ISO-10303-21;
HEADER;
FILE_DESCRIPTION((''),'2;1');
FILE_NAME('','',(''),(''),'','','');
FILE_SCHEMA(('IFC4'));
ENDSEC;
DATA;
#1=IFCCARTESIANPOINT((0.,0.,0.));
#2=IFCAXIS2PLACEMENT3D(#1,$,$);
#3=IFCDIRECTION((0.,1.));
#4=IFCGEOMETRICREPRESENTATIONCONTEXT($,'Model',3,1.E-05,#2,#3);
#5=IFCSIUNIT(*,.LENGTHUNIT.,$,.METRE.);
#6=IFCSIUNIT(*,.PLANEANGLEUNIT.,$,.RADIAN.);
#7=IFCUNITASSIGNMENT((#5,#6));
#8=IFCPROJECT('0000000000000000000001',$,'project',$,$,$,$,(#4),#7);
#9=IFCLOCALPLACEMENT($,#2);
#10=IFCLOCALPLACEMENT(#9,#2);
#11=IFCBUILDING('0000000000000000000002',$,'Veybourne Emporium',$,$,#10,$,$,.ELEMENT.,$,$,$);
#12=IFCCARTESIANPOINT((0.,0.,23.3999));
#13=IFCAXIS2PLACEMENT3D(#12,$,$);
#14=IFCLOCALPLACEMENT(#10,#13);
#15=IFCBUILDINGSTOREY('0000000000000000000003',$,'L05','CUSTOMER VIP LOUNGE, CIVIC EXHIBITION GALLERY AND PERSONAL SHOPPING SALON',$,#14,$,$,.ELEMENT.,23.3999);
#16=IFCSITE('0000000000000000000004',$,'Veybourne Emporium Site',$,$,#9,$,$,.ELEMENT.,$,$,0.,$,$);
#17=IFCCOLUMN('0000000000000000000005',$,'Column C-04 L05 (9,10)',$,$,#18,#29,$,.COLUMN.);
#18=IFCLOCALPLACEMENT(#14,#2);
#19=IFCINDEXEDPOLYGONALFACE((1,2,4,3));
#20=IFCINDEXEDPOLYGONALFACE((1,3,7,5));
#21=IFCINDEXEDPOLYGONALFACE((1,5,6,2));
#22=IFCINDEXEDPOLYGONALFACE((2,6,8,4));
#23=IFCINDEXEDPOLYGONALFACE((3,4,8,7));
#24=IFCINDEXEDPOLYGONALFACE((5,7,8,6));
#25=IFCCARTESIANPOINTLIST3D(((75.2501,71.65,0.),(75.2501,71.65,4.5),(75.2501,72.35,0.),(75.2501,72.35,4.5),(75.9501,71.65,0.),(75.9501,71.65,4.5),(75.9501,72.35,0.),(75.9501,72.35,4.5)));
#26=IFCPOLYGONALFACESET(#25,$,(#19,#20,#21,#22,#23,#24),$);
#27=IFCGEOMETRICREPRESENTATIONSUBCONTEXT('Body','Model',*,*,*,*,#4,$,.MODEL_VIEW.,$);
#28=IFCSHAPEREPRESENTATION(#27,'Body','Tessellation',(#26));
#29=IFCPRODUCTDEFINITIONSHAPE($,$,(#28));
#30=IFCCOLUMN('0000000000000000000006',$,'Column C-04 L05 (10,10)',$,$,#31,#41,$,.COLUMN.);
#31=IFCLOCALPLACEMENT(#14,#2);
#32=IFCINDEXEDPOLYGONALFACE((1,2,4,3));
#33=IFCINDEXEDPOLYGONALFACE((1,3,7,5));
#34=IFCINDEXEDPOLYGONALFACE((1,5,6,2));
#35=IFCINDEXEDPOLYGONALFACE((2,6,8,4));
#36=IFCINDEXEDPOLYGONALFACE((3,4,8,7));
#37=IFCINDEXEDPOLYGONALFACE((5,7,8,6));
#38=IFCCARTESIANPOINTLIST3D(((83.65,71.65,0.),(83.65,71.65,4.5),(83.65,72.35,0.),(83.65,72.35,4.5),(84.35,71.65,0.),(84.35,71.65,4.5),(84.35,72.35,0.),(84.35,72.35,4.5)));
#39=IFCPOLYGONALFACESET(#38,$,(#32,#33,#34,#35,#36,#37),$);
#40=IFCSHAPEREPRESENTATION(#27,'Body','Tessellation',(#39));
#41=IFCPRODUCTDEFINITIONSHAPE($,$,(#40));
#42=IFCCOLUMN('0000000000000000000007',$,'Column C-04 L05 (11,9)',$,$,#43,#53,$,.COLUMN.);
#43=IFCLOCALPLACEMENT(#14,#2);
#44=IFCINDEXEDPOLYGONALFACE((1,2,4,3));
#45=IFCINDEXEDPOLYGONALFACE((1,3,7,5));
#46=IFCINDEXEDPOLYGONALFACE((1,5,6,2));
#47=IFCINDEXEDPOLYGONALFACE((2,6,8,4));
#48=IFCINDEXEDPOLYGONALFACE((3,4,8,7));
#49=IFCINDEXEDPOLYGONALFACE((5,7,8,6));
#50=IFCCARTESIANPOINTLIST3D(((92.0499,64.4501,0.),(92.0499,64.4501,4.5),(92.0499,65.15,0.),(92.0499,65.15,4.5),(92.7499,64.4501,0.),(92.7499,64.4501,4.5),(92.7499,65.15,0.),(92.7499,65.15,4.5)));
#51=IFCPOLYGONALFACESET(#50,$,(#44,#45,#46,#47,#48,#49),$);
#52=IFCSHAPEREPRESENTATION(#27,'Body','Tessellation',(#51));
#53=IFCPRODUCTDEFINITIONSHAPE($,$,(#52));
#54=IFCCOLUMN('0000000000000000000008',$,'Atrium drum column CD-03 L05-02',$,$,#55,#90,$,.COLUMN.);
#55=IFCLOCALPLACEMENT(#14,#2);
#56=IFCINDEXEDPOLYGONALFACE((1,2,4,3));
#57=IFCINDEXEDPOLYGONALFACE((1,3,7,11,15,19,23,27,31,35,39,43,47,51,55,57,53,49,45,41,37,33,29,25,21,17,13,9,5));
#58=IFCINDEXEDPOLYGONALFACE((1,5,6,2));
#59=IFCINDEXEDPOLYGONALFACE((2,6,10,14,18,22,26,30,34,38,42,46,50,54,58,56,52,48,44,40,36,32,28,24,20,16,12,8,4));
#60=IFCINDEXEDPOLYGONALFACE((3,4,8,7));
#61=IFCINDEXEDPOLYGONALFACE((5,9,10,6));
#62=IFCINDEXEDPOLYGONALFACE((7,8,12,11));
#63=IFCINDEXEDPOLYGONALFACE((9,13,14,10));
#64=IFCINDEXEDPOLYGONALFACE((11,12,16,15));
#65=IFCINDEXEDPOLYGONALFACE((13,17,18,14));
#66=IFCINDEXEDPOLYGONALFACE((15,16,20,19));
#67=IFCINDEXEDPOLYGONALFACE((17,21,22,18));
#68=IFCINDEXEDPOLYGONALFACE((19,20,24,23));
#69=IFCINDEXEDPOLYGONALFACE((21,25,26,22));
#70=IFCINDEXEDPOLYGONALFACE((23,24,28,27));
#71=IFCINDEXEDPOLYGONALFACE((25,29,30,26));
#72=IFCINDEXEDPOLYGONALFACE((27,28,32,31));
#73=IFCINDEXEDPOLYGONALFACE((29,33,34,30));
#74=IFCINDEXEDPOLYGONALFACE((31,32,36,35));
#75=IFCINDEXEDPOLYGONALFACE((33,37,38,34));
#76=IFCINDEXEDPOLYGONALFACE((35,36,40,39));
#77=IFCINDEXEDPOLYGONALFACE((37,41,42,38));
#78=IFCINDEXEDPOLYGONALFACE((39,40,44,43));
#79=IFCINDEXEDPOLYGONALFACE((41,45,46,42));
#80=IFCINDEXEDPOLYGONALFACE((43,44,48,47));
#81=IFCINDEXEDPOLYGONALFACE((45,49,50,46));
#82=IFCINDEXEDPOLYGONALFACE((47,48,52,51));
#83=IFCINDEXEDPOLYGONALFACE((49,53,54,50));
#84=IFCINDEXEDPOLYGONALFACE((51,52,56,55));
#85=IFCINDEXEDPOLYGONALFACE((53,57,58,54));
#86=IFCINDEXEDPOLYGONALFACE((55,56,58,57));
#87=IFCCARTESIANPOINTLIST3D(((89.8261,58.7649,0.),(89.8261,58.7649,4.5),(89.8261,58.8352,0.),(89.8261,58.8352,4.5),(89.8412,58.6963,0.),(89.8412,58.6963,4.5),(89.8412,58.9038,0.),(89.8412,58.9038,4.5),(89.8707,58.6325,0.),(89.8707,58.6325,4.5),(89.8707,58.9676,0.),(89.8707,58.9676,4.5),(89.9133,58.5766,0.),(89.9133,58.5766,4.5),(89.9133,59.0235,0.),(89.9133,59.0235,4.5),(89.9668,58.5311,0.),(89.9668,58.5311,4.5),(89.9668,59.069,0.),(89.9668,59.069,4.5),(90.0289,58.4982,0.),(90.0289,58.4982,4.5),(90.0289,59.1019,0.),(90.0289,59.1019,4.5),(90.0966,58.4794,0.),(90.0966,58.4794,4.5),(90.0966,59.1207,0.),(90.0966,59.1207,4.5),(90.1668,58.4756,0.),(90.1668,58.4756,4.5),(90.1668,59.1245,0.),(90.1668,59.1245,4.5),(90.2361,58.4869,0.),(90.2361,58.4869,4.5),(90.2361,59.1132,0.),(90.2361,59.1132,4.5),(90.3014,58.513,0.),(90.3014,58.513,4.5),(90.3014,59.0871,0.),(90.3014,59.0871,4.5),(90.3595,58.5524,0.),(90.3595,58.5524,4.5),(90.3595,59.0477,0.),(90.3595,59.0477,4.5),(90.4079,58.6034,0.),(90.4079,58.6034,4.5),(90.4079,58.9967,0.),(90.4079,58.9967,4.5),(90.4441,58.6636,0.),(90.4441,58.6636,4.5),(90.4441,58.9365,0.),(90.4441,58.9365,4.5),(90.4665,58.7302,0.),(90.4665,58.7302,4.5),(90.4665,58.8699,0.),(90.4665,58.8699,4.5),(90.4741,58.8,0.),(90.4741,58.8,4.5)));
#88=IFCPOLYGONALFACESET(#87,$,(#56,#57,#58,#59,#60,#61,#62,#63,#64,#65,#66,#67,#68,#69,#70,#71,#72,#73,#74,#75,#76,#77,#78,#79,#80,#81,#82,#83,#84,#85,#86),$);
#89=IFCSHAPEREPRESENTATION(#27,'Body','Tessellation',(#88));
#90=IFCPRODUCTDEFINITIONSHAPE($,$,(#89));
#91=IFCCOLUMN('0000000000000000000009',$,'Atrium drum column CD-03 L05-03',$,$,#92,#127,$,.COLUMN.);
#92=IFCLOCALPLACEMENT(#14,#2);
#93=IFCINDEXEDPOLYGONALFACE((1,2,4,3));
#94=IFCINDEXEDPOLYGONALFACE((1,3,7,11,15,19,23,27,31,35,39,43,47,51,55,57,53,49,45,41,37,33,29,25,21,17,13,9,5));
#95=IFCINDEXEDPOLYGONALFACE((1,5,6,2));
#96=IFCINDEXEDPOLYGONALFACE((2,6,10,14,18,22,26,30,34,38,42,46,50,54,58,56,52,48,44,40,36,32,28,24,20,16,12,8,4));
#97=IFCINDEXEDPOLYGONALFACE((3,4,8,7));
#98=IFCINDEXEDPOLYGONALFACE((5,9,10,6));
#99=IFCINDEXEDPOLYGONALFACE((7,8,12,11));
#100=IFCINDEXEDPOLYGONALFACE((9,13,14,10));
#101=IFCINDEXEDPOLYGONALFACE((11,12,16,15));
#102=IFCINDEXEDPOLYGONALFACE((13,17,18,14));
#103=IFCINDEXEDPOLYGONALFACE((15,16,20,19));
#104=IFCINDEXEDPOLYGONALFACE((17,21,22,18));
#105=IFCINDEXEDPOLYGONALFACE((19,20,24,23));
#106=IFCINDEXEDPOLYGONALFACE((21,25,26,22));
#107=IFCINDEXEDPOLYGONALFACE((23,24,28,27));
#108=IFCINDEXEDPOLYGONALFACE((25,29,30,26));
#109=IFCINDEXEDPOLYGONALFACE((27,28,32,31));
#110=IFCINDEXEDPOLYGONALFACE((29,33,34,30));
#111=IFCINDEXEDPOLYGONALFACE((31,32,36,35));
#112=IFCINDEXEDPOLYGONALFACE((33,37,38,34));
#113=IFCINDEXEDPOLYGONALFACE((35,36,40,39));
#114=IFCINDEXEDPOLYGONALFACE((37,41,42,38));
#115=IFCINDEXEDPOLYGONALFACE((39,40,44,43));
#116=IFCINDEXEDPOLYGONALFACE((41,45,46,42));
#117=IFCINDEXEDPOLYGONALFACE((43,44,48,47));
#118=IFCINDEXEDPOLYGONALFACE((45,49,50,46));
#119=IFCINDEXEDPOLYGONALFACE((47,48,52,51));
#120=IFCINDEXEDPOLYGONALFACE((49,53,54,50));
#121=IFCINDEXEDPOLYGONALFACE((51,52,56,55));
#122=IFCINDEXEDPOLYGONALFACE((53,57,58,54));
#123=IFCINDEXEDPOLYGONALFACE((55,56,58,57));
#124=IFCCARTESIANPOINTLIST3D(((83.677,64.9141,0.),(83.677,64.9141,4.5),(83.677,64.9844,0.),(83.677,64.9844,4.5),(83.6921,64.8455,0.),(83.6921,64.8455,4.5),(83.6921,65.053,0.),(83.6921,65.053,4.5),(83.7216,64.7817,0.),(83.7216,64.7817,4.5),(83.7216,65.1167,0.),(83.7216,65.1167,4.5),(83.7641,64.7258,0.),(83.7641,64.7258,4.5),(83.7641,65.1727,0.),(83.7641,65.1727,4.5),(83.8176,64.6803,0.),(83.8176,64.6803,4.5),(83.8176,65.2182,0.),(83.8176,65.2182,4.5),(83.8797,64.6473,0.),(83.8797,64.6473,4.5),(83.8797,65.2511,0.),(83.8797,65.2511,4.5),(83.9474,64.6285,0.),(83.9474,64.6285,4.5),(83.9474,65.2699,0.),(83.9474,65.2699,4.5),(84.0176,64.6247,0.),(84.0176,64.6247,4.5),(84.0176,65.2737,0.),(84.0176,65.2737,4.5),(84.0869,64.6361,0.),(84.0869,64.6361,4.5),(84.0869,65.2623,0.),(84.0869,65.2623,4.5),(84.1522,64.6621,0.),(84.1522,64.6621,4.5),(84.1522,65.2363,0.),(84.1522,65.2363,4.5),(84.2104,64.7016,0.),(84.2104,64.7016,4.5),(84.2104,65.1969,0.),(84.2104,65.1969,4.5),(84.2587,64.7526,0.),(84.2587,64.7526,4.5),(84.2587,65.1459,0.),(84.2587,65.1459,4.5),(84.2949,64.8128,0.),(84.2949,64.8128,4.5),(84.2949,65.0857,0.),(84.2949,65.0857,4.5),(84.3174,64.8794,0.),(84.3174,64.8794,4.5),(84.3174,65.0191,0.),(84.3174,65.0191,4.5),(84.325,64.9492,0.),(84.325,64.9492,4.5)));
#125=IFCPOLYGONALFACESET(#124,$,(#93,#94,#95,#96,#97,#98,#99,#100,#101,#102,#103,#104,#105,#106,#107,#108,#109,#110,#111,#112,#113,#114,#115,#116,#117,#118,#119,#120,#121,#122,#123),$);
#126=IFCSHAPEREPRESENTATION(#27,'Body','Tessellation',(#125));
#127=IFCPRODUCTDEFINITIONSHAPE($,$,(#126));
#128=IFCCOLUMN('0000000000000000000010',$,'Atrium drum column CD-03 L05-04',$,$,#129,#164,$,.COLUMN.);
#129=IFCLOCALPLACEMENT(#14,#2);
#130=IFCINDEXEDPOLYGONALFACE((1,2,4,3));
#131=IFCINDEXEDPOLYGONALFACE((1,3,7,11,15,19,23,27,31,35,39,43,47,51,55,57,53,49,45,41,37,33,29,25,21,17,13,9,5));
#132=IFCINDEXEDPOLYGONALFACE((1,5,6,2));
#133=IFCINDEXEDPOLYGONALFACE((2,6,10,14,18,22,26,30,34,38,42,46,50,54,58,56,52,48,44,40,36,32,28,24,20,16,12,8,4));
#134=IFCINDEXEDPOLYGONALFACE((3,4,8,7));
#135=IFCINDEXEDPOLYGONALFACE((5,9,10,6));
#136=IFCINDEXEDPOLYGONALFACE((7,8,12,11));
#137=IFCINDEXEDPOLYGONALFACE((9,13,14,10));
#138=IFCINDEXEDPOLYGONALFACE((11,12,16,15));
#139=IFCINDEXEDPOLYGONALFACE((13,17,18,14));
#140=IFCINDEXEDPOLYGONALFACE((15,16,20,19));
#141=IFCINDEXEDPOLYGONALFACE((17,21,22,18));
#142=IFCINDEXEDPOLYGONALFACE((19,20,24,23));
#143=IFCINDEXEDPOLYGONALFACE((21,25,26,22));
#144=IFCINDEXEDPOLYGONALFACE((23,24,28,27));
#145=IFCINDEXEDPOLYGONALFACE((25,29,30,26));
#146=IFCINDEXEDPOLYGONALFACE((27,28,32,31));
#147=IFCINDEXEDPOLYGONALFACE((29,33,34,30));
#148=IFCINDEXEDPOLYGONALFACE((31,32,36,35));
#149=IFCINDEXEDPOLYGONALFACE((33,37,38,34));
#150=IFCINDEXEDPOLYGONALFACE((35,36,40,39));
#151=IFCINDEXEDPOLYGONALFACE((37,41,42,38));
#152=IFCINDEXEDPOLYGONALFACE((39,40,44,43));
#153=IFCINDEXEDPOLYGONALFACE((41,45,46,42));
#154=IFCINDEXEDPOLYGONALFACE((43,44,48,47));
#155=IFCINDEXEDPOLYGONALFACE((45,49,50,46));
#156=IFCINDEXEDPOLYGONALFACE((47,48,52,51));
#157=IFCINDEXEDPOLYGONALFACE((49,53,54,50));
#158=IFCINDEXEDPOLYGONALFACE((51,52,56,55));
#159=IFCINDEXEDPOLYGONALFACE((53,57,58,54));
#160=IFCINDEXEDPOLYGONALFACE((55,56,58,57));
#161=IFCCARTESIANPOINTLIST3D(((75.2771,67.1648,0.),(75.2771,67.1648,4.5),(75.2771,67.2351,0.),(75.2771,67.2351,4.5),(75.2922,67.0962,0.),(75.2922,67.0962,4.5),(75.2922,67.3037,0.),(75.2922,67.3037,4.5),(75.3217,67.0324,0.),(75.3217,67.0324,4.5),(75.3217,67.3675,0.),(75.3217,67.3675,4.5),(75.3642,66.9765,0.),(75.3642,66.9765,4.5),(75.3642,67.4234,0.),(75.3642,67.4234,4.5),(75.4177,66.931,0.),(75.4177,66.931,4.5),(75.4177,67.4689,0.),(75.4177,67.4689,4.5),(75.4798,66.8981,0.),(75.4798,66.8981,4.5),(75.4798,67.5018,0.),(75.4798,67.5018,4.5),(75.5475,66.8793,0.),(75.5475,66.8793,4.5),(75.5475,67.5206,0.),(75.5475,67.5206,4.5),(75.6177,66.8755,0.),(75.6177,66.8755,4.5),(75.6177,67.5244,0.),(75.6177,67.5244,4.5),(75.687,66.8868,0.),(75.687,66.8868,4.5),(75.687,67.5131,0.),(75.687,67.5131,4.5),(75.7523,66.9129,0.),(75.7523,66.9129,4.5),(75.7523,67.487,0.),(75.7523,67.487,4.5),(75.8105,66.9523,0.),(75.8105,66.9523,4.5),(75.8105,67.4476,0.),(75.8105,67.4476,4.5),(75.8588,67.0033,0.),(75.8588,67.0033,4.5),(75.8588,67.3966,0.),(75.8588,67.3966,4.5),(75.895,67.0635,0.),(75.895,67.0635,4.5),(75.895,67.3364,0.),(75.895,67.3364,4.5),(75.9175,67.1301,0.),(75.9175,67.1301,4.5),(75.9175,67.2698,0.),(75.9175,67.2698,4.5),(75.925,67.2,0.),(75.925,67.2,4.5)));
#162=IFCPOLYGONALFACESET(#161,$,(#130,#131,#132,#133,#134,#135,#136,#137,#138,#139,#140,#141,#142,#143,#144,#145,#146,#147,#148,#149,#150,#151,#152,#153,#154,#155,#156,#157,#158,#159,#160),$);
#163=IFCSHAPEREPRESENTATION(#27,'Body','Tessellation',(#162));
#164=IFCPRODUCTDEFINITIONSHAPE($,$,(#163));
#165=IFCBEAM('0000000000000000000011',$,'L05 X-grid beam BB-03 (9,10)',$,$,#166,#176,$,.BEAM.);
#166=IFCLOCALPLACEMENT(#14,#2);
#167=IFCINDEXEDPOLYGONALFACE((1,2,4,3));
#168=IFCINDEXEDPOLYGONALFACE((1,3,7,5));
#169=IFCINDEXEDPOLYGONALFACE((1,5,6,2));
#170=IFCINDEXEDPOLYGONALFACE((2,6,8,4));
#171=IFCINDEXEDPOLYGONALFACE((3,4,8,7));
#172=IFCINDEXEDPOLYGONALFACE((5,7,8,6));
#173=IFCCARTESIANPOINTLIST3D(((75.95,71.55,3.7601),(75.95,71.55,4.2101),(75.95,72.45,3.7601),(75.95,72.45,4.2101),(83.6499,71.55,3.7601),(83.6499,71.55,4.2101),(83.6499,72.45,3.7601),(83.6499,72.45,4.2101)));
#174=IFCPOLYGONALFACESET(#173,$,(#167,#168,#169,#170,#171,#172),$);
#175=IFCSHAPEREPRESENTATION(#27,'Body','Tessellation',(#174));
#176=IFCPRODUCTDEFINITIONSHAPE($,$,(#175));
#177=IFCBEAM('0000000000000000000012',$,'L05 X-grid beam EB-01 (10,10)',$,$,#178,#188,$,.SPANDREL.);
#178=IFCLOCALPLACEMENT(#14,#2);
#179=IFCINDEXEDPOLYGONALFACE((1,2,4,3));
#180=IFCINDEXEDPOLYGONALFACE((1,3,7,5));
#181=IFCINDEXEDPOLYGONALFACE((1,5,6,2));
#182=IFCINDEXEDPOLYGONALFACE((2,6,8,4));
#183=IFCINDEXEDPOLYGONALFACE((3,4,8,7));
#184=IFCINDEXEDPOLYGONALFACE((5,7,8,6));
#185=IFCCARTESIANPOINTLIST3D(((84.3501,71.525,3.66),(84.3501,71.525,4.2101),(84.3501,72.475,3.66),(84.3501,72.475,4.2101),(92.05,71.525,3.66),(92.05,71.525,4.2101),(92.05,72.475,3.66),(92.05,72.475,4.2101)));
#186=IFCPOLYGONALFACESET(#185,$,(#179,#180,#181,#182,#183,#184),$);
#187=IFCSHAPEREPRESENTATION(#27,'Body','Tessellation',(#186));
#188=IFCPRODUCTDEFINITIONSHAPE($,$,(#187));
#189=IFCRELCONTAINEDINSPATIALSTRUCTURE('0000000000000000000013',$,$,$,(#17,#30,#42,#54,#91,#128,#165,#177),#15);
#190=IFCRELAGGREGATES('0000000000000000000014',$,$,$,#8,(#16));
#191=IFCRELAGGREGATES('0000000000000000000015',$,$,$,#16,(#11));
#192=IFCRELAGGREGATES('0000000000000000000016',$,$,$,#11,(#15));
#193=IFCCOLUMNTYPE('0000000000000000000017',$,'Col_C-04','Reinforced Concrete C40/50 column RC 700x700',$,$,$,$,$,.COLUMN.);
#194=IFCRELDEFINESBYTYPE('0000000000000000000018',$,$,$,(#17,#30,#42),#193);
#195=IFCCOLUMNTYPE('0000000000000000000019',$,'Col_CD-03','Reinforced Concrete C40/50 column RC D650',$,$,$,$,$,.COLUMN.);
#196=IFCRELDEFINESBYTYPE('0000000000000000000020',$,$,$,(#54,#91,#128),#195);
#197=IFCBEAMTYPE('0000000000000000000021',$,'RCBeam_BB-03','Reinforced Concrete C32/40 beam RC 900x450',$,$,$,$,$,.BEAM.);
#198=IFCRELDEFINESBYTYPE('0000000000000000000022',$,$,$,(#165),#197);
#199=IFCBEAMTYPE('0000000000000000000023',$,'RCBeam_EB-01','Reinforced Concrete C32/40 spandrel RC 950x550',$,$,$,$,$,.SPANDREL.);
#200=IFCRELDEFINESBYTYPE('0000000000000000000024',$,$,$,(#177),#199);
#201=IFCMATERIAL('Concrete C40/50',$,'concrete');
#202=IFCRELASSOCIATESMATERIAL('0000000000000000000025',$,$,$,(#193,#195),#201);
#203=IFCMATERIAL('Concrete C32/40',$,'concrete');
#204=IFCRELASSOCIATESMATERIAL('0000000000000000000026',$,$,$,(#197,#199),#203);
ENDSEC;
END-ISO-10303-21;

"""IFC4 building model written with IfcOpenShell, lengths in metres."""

from ifc_helpers import new_model, si_unit, direction, frame, origin, origin_2d, place, context, subcontext, project, spatial, rectangle, circle, extrude, material, material_profile, profile_set, type_object, element, save


model = new_model("IFC4")

# Units and contexts
model_context = context("Model", 3, precision=1e-05, world=origin(), true_north=direction((0.0, 1.0)))
body_context = subcontext(model_context, "Body", "Model", "MODEL_VIEW")
ifc_project = project(units=[si_unit("LENGTHUNIT", "METRE"), si_unit("PLANEANGLEUNIT", "RADIAN")], contexts=[model_context])

# Site, building, storey
site_placement = place(None, origin())
site = spatial("IfcSite", under=ifc_project, at=site_placement, Name="Veybourne Emporium Site", CompositionType="ELEMENT", RefElevation=0.0)
building_placement = place(site_placement, origin())
building = spatial("IfcBuilding", under=site, at=building_placement, Name="Veybourne Emporium", CompositionType="ELEMENT")
storey_placement = place(building_placement, frame((0.0, 0.0, 23.3999)))
storey = spatial("IfcBuildingStorey", under=building, at=storey_placement, Name="L05", Description="CUSTOMER VIP LOUNGE, CIVIC EXHIBITION GALLERY AND PERSONAL SHOPPING SALON", CompositionType="ELEMENT", Elevation=23.3999)

# Columns
ifc_material_1 = material(Name="Concrete C40/50", Category="concrete")
ifc_material_profile_1 = material_profile(ifc_material_1, rectangle(XDim=0.7, YDim=0.7, at=origin_2d()), Name="RC 700x700")
ifc_profile_set_1 = profile_set([ifc_material_profile_1], Name="Concrete C40/50")
column_type_1 = type_object("IfcColumnType", Name="Col_C-04", Description="Reinforced Concrete C40/50 column RC 700x700", PredefinedType="COLUMN", material=ifc_profile_set_1)
for number, where, z_axis, x_axis, name in (
    (1, (75.6001, 72.0, 0.0), (0.0, 0.0, 1.0), (1.0, 0.0, 0.0), "Column C-04 L05 (9,10)"),
    (2, (84.0, 72.0, 0.0), (0.0, 0.0, 1.0), (1.0, 0.0, 0.0), "Column C-04 L05 (10,10)"),
    (3, (92.3999, 64.8, 0.0), (0.0, 0.0, 1.0), (1.0, 0.0, 0.0), "Column C-04 L05 (11,9)"),
):
    element("IfcColumn", number, at=place(storey_placement, frame(where, z_axis=z_axis, x_axis=x_axis)), inside=storey, type_object=column_type_1, Name=name, PredefinedType="COLUMN", context=body_context, shape_type="SweptSolid", body=[
        extrude(rectangle(XDim=0.7, YDim=0.7, at=origin_2d()), origin(), (0.0, 0.0, 1.0), 4.5),
    ])
ifc_material_profile_2 = material_profile(ifc_material_1, circle(Radius=0.325, at=origin_2d()), Name="RC D650")
ifc_profile_set_2 = profile_set([ifc_material_profile_2], Name="Concrete C40/50")
column_type_2 = type_object("IfcColumnType", Name="Col_CD-03", Description="Reinforced Concrete C40/50 column RC D650", PredefinedType="COLUMN", material=ifc_profile_set_2)
for number, where, z_axis, x_axis, name in (
    (4, (90.1492, 58.8, 0.0), (0.0, 0.0, 1.0), (1.0, 0.0, 0.0), "Atrium drum column CD-03 L05-02"),
    (5, (84.0, 64.9492, 0.0), (0.0, 0.0, 1.0), (1.0, 0.0, 0.0), "Atrium drum column CD-03 L05-03"),
    (6, (75.6001, 67.2, 0.0), (0.0, 0.0, 1.0), (1.0, 0.0, 0.0), "Atrium drum column CD-03 L05-04"),
):
    element("IfcColumn", number, at=place(storey_placement, frame(where, z_axis=z_axis, x_axis=x_axis)), inside=storey, type_object=column_type_2, Name=name, PredefinedType="COLUMN", context=body_context, shape_type="SweptSolid", body=[
        extrude(circle(Radius=0.325, at=origin_2d()), origin(), (0.0, 0.0, 1.0), 4.5),
    ])

# Beams
ifc_material_2 = material(Name="Concrete C32/40", Category="concrete")
ifc_material_profile_3 = material_profile(ifc_material_2, rectangle(XDim=0.8999, YDim=0.45, at=origin_2d()), Name="RC 900x450")
ifc_profile_set_3 = profile_set([ifc_material_profile_3], Name="Concrete C32/40")
beam_type_1 = type_object("IfcBeamType", Name="RCBeam_BB-03", Description="Reinforced Concrete C32/40 beam RC 900x450", PredefinedType="BEAM", material=ifc_profile_set_3)
beam_1_placement = place(storey_placement, frame((75.95, 72.0, 3.9851), z_axis=(1.0, 0.0, 0.0), x_axis=(0.0, 1.0, 0.0)))
element("IfcBeam", 7, at=beam_1_placement, inside=storey, type_object=beam_type_1, Name="L05 X-grid beam BB-03 (9,10)", PredefinedType="BEAM", context=body_context, shape_type="SweptSolid", body=[
    extrude(rectangle(XDim=0.8999, YDim=0.45, at=origin_2d()), origin(), (0.0, 0.0, 1.0), 7.7),
])
ifc_material_profile_4 = material_profile(ifc_material_2, rectangle(XDim=0.95, YDim=0.55, at=origin_2d()), Name="RC 950x550")
ifc_profile_set_4 = profile_set([ifc_material_profile_4], Name="Concrete C32/40")
beam_type_2 = type_object("IfcBeamType", Name="RCBeam_EB-01", Description="Reinforced Concrete C32/40 spandrel RC 950x550", PredefinedType="SPANDREL", material=ifc_profile_set_4)
beam_2_placement = place(storey_placement, frame((84.3501, 72.0, 3.9351), z_axis=(1.0, 0.0, 0.0), x_axis=(0.0, 1.0, 0.0)))
element("IfcBeam", 8, at=beam_2_placement, inside=storey, type_object=beam_type_2, Name="L05 X-grid beam EB-01 (10,10)", PredefinedType="SPANDREL", context=body_context, shape_type="SweptSolid", body=[
    extrude(rectangle(XDim=0.95, YDim=0.55, at=origin_2d()), origin(), (0.0, 0.0, 1.0), 7.7),
])

save(model, "model.ifc")
